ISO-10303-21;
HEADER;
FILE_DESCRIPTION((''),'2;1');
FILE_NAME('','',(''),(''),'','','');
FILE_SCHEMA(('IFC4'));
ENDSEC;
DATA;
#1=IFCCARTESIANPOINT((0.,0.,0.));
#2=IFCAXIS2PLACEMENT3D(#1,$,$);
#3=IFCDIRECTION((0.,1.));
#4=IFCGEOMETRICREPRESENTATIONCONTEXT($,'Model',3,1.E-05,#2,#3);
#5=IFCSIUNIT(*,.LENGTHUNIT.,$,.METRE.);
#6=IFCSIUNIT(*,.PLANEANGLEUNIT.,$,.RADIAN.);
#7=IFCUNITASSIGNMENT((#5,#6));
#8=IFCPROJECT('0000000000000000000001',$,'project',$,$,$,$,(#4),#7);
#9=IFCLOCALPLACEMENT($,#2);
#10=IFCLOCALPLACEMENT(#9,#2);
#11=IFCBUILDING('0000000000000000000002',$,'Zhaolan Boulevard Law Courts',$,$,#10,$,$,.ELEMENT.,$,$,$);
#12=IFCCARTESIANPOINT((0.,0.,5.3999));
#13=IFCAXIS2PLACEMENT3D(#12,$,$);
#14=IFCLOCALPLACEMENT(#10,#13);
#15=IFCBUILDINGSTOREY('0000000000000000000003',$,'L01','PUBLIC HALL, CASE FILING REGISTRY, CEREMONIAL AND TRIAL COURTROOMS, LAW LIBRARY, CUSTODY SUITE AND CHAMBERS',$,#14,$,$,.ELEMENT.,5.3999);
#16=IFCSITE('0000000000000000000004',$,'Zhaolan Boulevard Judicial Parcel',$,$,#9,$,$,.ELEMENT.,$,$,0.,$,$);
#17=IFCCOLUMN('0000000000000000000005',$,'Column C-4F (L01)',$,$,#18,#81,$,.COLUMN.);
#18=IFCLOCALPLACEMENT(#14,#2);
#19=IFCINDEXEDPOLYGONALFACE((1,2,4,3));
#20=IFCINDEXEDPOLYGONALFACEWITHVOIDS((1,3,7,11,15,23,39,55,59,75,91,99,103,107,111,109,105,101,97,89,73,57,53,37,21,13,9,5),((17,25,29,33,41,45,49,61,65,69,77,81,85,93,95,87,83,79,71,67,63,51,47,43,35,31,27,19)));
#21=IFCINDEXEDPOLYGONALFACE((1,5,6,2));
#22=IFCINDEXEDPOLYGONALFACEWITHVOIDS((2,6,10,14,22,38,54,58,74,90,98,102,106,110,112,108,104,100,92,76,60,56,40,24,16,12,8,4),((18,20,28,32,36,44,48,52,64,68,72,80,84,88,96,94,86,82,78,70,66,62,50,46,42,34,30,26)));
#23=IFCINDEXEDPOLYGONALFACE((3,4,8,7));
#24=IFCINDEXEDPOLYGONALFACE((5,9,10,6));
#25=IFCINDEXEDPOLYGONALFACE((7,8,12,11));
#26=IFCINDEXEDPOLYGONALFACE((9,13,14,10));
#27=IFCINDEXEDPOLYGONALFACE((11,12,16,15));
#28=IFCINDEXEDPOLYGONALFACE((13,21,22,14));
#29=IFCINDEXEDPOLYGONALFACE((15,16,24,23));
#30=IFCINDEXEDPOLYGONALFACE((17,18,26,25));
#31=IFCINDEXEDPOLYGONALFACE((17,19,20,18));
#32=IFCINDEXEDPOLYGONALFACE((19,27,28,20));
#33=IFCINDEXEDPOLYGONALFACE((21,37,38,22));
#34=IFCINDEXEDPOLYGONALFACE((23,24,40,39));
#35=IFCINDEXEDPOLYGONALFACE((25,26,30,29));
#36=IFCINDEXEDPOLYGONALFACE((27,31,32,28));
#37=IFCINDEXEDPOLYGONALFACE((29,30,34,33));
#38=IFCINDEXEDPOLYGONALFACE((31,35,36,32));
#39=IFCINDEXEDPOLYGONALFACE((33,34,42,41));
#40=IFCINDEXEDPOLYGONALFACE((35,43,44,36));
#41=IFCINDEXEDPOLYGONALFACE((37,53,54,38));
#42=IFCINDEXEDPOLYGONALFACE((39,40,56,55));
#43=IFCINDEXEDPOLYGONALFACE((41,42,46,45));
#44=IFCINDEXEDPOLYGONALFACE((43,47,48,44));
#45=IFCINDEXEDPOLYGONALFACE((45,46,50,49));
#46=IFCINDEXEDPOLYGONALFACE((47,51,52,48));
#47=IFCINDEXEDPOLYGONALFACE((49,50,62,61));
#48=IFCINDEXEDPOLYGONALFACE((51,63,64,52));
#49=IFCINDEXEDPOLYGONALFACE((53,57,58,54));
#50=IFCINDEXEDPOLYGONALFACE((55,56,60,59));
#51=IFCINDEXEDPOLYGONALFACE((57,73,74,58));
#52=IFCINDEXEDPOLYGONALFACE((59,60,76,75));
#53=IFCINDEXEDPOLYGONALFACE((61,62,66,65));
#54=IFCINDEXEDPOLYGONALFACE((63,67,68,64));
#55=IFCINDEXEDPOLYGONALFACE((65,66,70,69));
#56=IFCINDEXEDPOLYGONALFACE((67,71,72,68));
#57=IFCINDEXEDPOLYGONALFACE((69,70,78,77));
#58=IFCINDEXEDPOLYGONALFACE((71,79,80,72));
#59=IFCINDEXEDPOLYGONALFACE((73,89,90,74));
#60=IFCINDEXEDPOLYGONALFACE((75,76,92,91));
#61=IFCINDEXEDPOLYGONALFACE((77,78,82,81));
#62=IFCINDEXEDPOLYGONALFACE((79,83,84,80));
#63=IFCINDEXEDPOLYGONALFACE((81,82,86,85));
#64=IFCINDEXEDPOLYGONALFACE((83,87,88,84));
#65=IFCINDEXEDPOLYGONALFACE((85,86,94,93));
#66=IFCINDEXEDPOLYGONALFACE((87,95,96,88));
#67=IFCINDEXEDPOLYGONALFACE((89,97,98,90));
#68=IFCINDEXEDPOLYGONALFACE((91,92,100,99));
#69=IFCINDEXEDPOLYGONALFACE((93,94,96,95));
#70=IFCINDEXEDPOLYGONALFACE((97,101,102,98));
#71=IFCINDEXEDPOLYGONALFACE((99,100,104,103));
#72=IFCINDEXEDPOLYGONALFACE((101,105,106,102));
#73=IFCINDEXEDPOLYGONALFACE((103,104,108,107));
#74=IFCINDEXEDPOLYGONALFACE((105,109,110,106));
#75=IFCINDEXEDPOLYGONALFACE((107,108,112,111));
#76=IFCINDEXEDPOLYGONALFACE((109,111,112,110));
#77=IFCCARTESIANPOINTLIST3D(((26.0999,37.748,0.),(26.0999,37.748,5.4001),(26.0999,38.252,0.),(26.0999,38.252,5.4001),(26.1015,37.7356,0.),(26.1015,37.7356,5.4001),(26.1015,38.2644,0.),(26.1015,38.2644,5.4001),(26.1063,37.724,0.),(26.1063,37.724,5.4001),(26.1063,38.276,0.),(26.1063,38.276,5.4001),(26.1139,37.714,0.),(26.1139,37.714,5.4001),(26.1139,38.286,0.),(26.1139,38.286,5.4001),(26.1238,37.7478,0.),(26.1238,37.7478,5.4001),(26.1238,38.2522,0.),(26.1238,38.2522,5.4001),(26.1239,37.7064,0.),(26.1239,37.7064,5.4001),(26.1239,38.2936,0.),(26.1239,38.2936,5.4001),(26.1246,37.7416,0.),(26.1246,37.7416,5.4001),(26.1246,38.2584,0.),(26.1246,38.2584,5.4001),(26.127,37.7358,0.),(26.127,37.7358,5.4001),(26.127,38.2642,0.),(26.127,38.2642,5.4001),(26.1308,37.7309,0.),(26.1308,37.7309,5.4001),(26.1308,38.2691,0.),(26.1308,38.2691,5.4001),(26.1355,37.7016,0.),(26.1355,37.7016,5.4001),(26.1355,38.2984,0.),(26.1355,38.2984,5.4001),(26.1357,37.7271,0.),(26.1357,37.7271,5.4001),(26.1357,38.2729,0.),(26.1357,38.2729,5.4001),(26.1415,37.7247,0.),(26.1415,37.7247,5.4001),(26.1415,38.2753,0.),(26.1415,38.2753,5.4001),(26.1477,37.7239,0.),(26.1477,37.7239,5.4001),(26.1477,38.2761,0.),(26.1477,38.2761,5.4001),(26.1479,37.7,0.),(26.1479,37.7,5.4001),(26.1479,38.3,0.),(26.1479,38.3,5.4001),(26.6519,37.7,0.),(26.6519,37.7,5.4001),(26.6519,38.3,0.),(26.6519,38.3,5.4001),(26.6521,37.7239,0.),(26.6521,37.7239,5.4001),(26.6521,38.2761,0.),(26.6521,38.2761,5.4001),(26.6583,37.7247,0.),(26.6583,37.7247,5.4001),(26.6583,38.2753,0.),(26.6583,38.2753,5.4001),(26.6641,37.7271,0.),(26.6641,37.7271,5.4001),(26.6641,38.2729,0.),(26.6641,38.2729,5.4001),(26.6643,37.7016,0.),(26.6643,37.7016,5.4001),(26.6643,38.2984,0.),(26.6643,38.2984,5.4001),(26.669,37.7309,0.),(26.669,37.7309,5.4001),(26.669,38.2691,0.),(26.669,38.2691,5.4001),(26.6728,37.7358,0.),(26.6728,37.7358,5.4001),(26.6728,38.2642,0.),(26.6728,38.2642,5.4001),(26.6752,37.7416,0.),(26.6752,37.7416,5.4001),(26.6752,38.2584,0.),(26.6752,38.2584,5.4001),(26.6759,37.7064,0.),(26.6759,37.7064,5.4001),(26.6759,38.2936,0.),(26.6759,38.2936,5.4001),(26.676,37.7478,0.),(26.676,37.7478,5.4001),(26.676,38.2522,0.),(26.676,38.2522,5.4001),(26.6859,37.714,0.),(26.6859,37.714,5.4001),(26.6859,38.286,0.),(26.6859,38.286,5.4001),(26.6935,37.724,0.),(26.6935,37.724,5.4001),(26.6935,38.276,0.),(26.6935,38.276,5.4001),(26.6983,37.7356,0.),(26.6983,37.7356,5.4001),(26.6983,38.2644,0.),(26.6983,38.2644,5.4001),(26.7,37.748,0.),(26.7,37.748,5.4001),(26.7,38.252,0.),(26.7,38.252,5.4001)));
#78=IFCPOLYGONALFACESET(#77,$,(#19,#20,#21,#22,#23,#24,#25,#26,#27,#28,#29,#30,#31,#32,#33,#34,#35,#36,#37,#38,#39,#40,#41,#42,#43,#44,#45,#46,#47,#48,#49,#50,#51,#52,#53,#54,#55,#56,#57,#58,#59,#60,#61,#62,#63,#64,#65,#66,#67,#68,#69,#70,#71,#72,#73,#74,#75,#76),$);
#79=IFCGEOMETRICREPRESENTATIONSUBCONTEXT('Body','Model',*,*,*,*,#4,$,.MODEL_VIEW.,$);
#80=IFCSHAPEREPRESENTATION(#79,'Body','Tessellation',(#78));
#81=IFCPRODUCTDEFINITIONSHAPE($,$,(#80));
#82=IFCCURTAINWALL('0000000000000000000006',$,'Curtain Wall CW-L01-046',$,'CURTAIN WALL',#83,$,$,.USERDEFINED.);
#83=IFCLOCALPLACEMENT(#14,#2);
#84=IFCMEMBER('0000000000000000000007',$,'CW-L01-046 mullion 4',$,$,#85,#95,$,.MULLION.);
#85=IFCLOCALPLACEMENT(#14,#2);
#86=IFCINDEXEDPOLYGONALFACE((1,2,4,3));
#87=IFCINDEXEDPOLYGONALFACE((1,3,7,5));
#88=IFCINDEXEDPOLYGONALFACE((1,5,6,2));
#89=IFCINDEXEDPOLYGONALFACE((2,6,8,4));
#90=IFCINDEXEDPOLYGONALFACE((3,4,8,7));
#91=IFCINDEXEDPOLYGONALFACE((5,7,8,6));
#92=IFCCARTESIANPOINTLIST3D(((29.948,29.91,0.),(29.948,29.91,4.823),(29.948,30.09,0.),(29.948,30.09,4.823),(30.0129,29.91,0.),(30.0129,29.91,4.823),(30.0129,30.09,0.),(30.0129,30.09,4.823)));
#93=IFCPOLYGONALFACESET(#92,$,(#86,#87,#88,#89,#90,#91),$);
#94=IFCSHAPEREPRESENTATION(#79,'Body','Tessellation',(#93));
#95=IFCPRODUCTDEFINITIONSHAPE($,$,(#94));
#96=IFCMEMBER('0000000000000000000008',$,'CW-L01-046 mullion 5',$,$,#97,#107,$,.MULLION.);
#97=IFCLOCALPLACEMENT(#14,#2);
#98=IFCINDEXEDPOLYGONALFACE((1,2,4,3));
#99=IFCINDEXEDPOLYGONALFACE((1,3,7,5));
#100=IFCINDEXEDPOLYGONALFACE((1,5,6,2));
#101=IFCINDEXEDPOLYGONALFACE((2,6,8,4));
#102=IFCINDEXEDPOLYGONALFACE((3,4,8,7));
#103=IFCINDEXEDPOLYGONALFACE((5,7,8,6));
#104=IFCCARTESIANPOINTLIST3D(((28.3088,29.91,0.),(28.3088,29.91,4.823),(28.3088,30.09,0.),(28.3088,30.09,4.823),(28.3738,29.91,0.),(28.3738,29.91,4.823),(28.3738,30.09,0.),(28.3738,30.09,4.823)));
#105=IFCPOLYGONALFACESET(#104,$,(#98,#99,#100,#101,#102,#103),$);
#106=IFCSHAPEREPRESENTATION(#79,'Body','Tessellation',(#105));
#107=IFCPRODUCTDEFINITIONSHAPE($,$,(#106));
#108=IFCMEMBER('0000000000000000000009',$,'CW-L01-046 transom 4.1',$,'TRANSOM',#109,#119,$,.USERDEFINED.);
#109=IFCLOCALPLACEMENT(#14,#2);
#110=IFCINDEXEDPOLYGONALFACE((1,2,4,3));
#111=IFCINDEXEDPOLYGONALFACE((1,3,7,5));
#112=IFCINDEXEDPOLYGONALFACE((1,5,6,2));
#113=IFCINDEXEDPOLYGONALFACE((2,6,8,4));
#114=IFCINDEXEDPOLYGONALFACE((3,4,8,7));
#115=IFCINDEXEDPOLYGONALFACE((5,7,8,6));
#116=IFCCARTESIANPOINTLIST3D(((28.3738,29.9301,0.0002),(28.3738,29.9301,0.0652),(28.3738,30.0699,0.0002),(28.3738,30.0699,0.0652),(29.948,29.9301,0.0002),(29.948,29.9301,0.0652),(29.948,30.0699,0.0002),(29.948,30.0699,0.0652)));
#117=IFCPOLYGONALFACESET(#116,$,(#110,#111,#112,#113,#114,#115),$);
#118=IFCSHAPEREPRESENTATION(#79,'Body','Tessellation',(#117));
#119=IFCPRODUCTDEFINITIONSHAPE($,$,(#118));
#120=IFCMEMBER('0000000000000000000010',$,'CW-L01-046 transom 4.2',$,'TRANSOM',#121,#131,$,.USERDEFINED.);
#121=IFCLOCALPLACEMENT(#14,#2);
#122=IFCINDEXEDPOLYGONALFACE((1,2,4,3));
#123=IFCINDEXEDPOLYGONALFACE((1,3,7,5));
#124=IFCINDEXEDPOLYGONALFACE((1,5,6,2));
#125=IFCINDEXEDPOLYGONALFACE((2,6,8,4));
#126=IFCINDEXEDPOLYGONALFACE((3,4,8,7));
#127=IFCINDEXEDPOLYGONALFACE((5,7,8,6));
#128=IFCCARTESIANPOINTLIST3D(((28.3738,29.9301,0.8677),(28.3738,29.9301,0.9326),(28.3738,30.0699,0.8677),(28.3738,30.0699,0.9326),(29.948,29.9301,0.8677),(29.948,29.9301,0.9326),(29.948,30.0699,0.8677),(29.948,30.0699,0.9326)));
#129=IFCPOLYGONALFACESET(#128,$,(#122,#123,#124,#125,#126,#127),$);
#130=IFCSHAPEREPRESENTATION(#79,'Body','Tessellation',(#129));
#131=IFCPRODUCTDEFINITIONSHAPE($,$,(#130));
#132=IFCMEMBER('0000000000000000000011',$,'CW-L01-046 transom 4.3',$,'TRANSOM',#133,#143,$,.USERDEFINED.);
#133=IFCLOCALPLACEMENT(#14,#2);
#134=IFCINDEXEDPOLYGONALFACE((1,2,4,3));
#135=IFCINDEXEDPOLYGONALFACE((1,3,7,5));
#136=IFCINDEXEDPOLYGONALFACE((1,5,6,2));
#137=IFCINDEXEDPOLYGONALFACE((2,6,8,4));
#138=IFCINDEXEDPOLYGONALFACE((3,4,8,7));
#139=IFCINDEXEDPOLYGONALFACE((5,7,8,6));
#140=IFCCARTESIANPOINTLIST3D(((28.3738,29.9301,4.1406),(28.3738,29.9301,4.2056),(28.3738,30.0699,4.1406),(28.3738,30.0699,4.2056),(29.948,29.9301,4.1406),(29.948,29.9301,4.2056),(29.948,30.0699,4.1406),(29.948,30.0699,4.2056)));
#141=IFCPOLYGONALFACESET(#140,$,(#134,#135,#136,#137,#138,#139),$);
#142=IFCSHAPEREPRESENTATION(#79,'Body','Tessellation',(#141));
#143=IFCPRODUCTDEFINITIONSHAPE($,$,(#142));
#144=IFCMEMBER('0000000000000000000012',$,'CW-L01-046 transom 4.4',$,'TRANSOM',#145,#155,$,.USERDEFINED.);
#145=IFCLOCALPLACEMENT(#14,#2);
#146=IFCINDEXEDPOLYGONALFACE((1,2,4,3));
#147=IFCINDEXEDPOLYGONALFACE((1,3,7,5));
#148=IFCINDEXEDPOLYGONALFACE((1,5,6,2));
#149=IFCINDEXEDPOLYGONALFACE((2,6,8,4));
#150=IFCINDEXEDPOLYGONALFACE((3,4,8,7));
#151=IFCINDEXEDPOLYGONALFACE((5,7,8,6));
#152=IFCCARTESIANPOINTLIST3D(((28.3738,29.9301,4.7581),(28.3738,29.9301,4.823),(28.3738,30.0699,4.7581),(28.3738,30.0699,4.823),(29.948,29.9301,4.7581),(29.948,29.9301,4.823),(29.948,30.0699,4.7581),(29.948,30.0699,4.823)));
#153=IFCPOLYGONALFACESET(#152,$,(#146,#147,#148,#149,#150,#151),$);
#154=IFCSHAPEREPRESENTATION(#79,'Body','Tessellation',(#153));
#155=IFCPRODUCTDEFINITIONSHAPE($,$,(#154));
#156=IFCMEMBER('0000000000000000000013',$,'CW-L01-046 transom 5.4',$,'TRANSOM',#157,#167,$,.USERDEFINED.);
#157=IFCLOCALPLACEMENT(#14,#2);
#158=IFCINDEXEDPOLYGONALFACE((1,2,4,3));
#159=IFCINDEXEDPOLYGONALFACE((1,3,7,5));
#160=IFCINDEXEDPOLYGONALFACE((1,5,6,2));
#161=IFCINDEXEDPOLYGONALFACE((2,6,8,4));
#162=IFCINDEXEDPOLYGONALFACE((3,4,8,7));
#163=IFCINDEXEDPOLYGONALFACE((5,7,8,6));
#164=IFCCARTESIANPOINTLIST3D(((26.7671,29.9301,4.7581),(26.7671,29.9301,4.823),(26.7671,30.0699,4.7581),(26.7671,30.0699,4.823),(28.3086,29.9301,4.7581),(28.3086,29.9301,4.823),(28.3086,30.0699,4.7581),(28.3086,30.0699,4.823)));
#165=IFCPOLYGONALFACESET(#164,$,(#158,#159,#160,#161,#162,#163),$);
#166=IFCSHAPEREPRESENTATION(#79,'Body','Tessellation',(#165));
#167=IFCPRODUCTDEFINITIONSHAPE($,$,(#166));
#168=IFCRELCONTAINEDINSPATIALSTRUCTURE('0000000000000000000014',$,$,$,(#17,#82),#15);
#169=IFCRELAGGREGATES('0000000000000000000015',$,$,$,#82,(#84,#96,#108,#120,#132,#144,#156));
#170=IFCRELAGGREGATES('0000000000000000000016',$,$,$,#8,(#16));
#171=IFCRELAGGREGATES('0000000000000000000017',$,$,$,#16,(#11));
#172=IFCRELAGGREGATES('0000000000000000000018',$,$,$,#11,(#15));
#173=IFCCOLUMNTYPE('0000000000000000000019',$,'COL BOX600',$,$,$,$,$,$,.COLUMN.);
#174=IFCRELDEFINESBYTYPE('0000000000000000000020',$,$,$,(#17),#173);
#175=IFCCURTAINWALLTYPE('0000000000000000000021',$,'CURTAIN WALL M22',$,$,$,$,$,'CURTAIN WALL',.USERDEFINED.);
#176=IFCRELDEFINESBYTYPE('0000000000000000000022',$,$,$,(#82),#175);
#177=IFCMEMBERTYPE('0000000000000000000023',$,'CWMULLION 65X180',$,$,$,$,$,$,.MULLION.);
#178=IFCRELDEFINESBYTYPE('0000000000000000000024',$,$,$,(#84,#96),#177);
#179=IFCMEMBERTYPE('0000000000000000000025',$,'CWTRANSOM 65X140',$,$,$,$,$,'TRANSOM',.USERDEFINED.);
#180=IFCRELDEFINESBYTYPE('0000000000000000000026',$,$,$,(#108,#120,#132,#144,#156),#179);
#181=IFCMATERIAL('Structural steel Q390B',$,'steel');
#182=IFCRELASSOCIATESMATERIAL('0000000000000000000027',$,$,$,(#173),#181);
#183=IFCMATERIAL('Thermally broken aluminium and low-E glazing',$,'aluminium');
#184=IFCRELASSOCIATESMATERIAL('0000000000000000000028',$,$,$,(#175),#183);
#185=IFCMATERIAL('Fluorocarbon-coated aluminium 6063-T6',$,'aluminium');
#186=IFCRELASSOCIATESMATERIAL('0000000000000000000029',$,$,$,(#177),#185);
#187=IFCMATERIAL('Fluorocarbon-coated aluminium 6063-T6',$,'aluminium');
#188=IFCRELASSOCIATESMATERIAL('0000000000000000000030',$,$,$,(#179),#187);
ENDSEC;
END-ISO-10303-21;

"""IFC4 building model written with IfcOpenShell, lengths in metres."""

from ifc_helpers import new_model, si_unit, direction, frame, origin, origin_2d, place, context, subcontext, project, spatial, rectangle, hollow_rectangle, extrude, material, material_profile, profile_set, type_object, element, aggregate, save


model = new_model("IFC4")

# Units and contexts
model_context = context("Model", 3, precision=1e-05, world=origin(), true_north=direction((0.0, 1.0)))
body_context = subcontext(model_context, "Body", "Model", "MODEL_VIEW")
ifc_project = project(units=[si_unit("LENGTHUNIT", "METRE"), si_unit("PLANEANGLEUNIT", "RADIAN")], contexts=[model_context])

# Site, building, storey
site_placement = place(None, origin())
site = spatial("IfcSite", under=ifc_project, at=site_placement, Name="Zhaolan Boulevard Judicial Parcel", CompositionType="ELEMENT", RefElevation=0.0)
building_placement = place(site_placement, origin())
building = spatial("IfcBuilding", under=site, at=building_placement, Name="Zhaolan Boulevard Law Courts", CompositionType="ELEMENT")
storey_placement = place(building_placement, frame((0.0, 0.0, 5.3999)))
storey = spatial("IfcBuildingStorey", under=building, at=storey_placement, Name="L01", Description="PUBLIC HALL, CASE FILING REGISTRY, CEREMONIAL AND TRIAL COURTROOMS, LAW LIBRARY, CUSTODY SUITE AND CHAMBERS", CompositionType="ELEMENT", Elevation=5.3999)

# Column
ifc_material_1 = material(Name="Structural steel Q390B", Category="steel")
ifc_material_profile_1 = material_profile(ifc_material_1, hollow_rectangle(XDim=0.6001, YDim=0.6001, WallThickness=0.0239, InnerFilletRadius=0.0239, OuterFilletRadius=0.0481, at=origin_2d()), Name="BOX600x600x24")
ifc_profile_set_1 = profile_set([ifc_material_profile_1], Name="Structural steel Q390B")
column_type = type_object("IfcColumnType", Name="COL BOX600", PredefinedType="COLUMN", material=ifc_profile_set_1)
column_placement = place(storey_placement, frame((26.3999, 38.0, 0.0), z_axis=(0.0, 0.0, 1.0), x_axis=(1.0, 0.0, 0.0)))
element("IfcColumn", 1, at=column_placement, inside=storey, type_object=column_type, Name="Column C-4F (L01)", PredefinedType="COLUMN", context=body_context, shape_type="SweptSolid", body=[
    extrude(hollow_rectangle(XDim=0.6001, YDim=0.6001, WallThickness=0.0239, InnerFilletRadius=0.0239, OuterFilletRadius=0.0481, at=origin_2d()), origin(), (0.0, 0.0, 1.0), 5.4001),
])

# Curtain wall, members
ifc_material_2 = material(Name="Thermally broken aluminium and low-E glazing", Category="aluminium")
curtain_wall_type = type_object("IfcCurtainWallType", Name="CURTAIN WALL M22", ElementType="CURTAIN WALL", PredefinedType="USERDEFINED", material=ifc_material_2)
curtain_wall_placement = place(storey_placement, origin())
curtain_wall = element("IfcCurtainWall", 2, at=curtain_wall_placement, inside=storey, type_object=curtain_wall_type, Name="Curtain Wall CW-L01-046", ObjectType="CURTAIN WALL", PredefinedType="USERDEFINED")
ifc_material_3 = material(Name="Fluorocarbon-coated aluminium 6063-T6", Category="aluminium")
ifc_material_profile_2 = material_profile(ifc_material_3, rectangle(XDim=0.1799, YDim=0.0649, at=origin_2d()), Name="AL65x180")
ifc_profile_set_2 = profile_set([ifc_material_profile_2], Name="Fluorocarbon-coated aluminium 6063-T6")
member_type_1 = type_object("IfcMemberType", Name="CWMULLION 65X180", PredefinedType="MULLION", material=ifc_profile_set_2)
member_1_placement = place(storey_placement, frame((29.9805, 30.0, 0.0), z_axis=(0.0, 0.0, 1.0), x_axis=(0.0, -1.0, 0.0)))
member_1 = element("IfcMember", 3, at=member_1_placement, type_object=member_type_1, Name="CW-L01-046 mullion 4", PredefinedType="MULLION", context=body_context, shape_type="SweptSolid", body=[
    extrude(rectangle(XDim=0.1799, YDim=0.0649, at=origin_2d()), origin(), (0.0, 0.0, 1.0), 4.823),
])
member_2_placement = place(storey_placement, frame((28.3413, 30.0, 0.0), z_axis=(0.0, 0.0, 1.0), x_axis=(0.0, -1.0, 0.0)))
member_2 = element("IfcMember", 4, at=member_2_placement, type_object=member_type_1, Name="CW-L01-046 mullion 5", PredefinedType="MULLION", context=body_context, shape_type="SweptSolid", body=[
    extrude(rectangle(XDim=0.1799, YDim=0.0649, at=origin_2d()), origin(), (0.0, 0.0, 1.0), 4.823),
])
ifc_material_4 = material(Name="Fluorocarbon-coated aluminium 6063-T6", Category="aluminium")
ifc_material_profile_3 = material_profile(ifc_material_4, rectangle(XDim=0.1399, YDim=0.0649, at=origin_2d()), Name="AL65x140")
ifc_profile_set_3 = profile_set([ifc_material_profile_3], Name="Fluorocarbon-coated aluminium 6063-T6")
member_type_2 = type_object("IfcMemberType", Name="CWTRANSOM 65X140", ElementType="TRANSOM", PredefinedType="USERDEFINED", material=ifc_profile_set_3)
member_3_placement = place(storey_placement, frame((29.948, 30.0, 0.0327), z_axis=(-1.0, 0.0, 0.0), x_axis=(0.0, -1.0, 0.0)))
member_3 = element("IfcMember", 5, at=member_3_placement, type_object=member_type_2, Name="CW-L01-046 transom 4.1", ObjectType="TRANSOM", PredefinedType="USERDEFINED", context=body_context, shape_type="SweptSolid", body=[
    extrude(rectangle(XDim=0.1399, YDim=0.0649, at=origin_2d()), origin(), (0.0, 0.0, 1.0), 1.5742),
])
member_4_placement = place(storey_placement, frame((29.948, 30.0, 0.9001), z_axis=(-1.0, 0.0, 0.0), x_axis=(0.0, -1.0, 0.0)))
member_4 = element("IfcMember", 6, at=member_4_placement, type_object=member_type_2, Name="CW-L01-046 transom 4.2", ObjectType="TRANSOM", PredefinedType="USERDEFINED", context=body_context, shape_type="SweptSolid", body=[
    extrude(rectangle(XDim=0.1399, YDim=0.0649, at=origin_2d()), origin(), (0.0, 0.0, 1.0), 1.5742),
])
member_5_placement = place(storey_placement, frame((29.948, 30.0, 4.1731), z_axis=(-1.0, 0.0, 0.0), x_axis=(0.0, -1.0, 0.0)))
member_5 = element("IfcMember", 7, at=member_5_placement, type_object=member_type_2, Name="CW-L01-046 transom 4.3", ObjectType="TRANSOM", PredefinedType="USERDEFINED", context=body_context, shape_type="SweptSolid", body=[
    extrude(rectangle(XDim=0.1399, YDim=0.0649, at=origin_2d()), origin(), (0.0, 0.0, 1.0), 1.5742),
])
member_6_placement = place(storey_placement, frame((29.948, 30.0, 4.7905), z_axis=(-1.0, 0.0, 0.0), x_axis=(0.0, -1.0, 0.0)))
member_6 = element("IfcMember", 8, at=member_6_placement, type_object=member_type_2, Name="CW-L01-046 transom 4.4", ObjectType="TRANSOM", PredefinedType="USERDEFINED", context=body_context, shape_type="SweptSolid", body=[
    extrude(rectangle(XDim=0.1399, YDim=0.0649, at=origin_2d()), origin(), (0.0, 0.0, 1.0), 1.5742),
])
member_7_placement = place(storey_placement, frame((28.3086, 30.0, 4.7905), z_axis=(-1.0, 0.0, 0.0), x_axis=(0.0, -1.0, 0.0)))
member_7 = element("IfcMember", 9, at=member_7_placement, type_object=member_type_2, Name="CW-L01-046 transom 5.4", ObjectType="TRANSOM", PredefinedType="USERDEFINED", context=body_context, shape_type="SweptSolid", body=[
    extrude(rectangle(XDim=0.1399, YDim=0.0649, at=origin_2d()), origin(), (0.0, 0.0, 1.0), 1.5415),
])

aggregate(curtain_wall, [member_1, member_2, member_3, member_4, member_5, member_6, member_7])

save(model, "model.ifc")
